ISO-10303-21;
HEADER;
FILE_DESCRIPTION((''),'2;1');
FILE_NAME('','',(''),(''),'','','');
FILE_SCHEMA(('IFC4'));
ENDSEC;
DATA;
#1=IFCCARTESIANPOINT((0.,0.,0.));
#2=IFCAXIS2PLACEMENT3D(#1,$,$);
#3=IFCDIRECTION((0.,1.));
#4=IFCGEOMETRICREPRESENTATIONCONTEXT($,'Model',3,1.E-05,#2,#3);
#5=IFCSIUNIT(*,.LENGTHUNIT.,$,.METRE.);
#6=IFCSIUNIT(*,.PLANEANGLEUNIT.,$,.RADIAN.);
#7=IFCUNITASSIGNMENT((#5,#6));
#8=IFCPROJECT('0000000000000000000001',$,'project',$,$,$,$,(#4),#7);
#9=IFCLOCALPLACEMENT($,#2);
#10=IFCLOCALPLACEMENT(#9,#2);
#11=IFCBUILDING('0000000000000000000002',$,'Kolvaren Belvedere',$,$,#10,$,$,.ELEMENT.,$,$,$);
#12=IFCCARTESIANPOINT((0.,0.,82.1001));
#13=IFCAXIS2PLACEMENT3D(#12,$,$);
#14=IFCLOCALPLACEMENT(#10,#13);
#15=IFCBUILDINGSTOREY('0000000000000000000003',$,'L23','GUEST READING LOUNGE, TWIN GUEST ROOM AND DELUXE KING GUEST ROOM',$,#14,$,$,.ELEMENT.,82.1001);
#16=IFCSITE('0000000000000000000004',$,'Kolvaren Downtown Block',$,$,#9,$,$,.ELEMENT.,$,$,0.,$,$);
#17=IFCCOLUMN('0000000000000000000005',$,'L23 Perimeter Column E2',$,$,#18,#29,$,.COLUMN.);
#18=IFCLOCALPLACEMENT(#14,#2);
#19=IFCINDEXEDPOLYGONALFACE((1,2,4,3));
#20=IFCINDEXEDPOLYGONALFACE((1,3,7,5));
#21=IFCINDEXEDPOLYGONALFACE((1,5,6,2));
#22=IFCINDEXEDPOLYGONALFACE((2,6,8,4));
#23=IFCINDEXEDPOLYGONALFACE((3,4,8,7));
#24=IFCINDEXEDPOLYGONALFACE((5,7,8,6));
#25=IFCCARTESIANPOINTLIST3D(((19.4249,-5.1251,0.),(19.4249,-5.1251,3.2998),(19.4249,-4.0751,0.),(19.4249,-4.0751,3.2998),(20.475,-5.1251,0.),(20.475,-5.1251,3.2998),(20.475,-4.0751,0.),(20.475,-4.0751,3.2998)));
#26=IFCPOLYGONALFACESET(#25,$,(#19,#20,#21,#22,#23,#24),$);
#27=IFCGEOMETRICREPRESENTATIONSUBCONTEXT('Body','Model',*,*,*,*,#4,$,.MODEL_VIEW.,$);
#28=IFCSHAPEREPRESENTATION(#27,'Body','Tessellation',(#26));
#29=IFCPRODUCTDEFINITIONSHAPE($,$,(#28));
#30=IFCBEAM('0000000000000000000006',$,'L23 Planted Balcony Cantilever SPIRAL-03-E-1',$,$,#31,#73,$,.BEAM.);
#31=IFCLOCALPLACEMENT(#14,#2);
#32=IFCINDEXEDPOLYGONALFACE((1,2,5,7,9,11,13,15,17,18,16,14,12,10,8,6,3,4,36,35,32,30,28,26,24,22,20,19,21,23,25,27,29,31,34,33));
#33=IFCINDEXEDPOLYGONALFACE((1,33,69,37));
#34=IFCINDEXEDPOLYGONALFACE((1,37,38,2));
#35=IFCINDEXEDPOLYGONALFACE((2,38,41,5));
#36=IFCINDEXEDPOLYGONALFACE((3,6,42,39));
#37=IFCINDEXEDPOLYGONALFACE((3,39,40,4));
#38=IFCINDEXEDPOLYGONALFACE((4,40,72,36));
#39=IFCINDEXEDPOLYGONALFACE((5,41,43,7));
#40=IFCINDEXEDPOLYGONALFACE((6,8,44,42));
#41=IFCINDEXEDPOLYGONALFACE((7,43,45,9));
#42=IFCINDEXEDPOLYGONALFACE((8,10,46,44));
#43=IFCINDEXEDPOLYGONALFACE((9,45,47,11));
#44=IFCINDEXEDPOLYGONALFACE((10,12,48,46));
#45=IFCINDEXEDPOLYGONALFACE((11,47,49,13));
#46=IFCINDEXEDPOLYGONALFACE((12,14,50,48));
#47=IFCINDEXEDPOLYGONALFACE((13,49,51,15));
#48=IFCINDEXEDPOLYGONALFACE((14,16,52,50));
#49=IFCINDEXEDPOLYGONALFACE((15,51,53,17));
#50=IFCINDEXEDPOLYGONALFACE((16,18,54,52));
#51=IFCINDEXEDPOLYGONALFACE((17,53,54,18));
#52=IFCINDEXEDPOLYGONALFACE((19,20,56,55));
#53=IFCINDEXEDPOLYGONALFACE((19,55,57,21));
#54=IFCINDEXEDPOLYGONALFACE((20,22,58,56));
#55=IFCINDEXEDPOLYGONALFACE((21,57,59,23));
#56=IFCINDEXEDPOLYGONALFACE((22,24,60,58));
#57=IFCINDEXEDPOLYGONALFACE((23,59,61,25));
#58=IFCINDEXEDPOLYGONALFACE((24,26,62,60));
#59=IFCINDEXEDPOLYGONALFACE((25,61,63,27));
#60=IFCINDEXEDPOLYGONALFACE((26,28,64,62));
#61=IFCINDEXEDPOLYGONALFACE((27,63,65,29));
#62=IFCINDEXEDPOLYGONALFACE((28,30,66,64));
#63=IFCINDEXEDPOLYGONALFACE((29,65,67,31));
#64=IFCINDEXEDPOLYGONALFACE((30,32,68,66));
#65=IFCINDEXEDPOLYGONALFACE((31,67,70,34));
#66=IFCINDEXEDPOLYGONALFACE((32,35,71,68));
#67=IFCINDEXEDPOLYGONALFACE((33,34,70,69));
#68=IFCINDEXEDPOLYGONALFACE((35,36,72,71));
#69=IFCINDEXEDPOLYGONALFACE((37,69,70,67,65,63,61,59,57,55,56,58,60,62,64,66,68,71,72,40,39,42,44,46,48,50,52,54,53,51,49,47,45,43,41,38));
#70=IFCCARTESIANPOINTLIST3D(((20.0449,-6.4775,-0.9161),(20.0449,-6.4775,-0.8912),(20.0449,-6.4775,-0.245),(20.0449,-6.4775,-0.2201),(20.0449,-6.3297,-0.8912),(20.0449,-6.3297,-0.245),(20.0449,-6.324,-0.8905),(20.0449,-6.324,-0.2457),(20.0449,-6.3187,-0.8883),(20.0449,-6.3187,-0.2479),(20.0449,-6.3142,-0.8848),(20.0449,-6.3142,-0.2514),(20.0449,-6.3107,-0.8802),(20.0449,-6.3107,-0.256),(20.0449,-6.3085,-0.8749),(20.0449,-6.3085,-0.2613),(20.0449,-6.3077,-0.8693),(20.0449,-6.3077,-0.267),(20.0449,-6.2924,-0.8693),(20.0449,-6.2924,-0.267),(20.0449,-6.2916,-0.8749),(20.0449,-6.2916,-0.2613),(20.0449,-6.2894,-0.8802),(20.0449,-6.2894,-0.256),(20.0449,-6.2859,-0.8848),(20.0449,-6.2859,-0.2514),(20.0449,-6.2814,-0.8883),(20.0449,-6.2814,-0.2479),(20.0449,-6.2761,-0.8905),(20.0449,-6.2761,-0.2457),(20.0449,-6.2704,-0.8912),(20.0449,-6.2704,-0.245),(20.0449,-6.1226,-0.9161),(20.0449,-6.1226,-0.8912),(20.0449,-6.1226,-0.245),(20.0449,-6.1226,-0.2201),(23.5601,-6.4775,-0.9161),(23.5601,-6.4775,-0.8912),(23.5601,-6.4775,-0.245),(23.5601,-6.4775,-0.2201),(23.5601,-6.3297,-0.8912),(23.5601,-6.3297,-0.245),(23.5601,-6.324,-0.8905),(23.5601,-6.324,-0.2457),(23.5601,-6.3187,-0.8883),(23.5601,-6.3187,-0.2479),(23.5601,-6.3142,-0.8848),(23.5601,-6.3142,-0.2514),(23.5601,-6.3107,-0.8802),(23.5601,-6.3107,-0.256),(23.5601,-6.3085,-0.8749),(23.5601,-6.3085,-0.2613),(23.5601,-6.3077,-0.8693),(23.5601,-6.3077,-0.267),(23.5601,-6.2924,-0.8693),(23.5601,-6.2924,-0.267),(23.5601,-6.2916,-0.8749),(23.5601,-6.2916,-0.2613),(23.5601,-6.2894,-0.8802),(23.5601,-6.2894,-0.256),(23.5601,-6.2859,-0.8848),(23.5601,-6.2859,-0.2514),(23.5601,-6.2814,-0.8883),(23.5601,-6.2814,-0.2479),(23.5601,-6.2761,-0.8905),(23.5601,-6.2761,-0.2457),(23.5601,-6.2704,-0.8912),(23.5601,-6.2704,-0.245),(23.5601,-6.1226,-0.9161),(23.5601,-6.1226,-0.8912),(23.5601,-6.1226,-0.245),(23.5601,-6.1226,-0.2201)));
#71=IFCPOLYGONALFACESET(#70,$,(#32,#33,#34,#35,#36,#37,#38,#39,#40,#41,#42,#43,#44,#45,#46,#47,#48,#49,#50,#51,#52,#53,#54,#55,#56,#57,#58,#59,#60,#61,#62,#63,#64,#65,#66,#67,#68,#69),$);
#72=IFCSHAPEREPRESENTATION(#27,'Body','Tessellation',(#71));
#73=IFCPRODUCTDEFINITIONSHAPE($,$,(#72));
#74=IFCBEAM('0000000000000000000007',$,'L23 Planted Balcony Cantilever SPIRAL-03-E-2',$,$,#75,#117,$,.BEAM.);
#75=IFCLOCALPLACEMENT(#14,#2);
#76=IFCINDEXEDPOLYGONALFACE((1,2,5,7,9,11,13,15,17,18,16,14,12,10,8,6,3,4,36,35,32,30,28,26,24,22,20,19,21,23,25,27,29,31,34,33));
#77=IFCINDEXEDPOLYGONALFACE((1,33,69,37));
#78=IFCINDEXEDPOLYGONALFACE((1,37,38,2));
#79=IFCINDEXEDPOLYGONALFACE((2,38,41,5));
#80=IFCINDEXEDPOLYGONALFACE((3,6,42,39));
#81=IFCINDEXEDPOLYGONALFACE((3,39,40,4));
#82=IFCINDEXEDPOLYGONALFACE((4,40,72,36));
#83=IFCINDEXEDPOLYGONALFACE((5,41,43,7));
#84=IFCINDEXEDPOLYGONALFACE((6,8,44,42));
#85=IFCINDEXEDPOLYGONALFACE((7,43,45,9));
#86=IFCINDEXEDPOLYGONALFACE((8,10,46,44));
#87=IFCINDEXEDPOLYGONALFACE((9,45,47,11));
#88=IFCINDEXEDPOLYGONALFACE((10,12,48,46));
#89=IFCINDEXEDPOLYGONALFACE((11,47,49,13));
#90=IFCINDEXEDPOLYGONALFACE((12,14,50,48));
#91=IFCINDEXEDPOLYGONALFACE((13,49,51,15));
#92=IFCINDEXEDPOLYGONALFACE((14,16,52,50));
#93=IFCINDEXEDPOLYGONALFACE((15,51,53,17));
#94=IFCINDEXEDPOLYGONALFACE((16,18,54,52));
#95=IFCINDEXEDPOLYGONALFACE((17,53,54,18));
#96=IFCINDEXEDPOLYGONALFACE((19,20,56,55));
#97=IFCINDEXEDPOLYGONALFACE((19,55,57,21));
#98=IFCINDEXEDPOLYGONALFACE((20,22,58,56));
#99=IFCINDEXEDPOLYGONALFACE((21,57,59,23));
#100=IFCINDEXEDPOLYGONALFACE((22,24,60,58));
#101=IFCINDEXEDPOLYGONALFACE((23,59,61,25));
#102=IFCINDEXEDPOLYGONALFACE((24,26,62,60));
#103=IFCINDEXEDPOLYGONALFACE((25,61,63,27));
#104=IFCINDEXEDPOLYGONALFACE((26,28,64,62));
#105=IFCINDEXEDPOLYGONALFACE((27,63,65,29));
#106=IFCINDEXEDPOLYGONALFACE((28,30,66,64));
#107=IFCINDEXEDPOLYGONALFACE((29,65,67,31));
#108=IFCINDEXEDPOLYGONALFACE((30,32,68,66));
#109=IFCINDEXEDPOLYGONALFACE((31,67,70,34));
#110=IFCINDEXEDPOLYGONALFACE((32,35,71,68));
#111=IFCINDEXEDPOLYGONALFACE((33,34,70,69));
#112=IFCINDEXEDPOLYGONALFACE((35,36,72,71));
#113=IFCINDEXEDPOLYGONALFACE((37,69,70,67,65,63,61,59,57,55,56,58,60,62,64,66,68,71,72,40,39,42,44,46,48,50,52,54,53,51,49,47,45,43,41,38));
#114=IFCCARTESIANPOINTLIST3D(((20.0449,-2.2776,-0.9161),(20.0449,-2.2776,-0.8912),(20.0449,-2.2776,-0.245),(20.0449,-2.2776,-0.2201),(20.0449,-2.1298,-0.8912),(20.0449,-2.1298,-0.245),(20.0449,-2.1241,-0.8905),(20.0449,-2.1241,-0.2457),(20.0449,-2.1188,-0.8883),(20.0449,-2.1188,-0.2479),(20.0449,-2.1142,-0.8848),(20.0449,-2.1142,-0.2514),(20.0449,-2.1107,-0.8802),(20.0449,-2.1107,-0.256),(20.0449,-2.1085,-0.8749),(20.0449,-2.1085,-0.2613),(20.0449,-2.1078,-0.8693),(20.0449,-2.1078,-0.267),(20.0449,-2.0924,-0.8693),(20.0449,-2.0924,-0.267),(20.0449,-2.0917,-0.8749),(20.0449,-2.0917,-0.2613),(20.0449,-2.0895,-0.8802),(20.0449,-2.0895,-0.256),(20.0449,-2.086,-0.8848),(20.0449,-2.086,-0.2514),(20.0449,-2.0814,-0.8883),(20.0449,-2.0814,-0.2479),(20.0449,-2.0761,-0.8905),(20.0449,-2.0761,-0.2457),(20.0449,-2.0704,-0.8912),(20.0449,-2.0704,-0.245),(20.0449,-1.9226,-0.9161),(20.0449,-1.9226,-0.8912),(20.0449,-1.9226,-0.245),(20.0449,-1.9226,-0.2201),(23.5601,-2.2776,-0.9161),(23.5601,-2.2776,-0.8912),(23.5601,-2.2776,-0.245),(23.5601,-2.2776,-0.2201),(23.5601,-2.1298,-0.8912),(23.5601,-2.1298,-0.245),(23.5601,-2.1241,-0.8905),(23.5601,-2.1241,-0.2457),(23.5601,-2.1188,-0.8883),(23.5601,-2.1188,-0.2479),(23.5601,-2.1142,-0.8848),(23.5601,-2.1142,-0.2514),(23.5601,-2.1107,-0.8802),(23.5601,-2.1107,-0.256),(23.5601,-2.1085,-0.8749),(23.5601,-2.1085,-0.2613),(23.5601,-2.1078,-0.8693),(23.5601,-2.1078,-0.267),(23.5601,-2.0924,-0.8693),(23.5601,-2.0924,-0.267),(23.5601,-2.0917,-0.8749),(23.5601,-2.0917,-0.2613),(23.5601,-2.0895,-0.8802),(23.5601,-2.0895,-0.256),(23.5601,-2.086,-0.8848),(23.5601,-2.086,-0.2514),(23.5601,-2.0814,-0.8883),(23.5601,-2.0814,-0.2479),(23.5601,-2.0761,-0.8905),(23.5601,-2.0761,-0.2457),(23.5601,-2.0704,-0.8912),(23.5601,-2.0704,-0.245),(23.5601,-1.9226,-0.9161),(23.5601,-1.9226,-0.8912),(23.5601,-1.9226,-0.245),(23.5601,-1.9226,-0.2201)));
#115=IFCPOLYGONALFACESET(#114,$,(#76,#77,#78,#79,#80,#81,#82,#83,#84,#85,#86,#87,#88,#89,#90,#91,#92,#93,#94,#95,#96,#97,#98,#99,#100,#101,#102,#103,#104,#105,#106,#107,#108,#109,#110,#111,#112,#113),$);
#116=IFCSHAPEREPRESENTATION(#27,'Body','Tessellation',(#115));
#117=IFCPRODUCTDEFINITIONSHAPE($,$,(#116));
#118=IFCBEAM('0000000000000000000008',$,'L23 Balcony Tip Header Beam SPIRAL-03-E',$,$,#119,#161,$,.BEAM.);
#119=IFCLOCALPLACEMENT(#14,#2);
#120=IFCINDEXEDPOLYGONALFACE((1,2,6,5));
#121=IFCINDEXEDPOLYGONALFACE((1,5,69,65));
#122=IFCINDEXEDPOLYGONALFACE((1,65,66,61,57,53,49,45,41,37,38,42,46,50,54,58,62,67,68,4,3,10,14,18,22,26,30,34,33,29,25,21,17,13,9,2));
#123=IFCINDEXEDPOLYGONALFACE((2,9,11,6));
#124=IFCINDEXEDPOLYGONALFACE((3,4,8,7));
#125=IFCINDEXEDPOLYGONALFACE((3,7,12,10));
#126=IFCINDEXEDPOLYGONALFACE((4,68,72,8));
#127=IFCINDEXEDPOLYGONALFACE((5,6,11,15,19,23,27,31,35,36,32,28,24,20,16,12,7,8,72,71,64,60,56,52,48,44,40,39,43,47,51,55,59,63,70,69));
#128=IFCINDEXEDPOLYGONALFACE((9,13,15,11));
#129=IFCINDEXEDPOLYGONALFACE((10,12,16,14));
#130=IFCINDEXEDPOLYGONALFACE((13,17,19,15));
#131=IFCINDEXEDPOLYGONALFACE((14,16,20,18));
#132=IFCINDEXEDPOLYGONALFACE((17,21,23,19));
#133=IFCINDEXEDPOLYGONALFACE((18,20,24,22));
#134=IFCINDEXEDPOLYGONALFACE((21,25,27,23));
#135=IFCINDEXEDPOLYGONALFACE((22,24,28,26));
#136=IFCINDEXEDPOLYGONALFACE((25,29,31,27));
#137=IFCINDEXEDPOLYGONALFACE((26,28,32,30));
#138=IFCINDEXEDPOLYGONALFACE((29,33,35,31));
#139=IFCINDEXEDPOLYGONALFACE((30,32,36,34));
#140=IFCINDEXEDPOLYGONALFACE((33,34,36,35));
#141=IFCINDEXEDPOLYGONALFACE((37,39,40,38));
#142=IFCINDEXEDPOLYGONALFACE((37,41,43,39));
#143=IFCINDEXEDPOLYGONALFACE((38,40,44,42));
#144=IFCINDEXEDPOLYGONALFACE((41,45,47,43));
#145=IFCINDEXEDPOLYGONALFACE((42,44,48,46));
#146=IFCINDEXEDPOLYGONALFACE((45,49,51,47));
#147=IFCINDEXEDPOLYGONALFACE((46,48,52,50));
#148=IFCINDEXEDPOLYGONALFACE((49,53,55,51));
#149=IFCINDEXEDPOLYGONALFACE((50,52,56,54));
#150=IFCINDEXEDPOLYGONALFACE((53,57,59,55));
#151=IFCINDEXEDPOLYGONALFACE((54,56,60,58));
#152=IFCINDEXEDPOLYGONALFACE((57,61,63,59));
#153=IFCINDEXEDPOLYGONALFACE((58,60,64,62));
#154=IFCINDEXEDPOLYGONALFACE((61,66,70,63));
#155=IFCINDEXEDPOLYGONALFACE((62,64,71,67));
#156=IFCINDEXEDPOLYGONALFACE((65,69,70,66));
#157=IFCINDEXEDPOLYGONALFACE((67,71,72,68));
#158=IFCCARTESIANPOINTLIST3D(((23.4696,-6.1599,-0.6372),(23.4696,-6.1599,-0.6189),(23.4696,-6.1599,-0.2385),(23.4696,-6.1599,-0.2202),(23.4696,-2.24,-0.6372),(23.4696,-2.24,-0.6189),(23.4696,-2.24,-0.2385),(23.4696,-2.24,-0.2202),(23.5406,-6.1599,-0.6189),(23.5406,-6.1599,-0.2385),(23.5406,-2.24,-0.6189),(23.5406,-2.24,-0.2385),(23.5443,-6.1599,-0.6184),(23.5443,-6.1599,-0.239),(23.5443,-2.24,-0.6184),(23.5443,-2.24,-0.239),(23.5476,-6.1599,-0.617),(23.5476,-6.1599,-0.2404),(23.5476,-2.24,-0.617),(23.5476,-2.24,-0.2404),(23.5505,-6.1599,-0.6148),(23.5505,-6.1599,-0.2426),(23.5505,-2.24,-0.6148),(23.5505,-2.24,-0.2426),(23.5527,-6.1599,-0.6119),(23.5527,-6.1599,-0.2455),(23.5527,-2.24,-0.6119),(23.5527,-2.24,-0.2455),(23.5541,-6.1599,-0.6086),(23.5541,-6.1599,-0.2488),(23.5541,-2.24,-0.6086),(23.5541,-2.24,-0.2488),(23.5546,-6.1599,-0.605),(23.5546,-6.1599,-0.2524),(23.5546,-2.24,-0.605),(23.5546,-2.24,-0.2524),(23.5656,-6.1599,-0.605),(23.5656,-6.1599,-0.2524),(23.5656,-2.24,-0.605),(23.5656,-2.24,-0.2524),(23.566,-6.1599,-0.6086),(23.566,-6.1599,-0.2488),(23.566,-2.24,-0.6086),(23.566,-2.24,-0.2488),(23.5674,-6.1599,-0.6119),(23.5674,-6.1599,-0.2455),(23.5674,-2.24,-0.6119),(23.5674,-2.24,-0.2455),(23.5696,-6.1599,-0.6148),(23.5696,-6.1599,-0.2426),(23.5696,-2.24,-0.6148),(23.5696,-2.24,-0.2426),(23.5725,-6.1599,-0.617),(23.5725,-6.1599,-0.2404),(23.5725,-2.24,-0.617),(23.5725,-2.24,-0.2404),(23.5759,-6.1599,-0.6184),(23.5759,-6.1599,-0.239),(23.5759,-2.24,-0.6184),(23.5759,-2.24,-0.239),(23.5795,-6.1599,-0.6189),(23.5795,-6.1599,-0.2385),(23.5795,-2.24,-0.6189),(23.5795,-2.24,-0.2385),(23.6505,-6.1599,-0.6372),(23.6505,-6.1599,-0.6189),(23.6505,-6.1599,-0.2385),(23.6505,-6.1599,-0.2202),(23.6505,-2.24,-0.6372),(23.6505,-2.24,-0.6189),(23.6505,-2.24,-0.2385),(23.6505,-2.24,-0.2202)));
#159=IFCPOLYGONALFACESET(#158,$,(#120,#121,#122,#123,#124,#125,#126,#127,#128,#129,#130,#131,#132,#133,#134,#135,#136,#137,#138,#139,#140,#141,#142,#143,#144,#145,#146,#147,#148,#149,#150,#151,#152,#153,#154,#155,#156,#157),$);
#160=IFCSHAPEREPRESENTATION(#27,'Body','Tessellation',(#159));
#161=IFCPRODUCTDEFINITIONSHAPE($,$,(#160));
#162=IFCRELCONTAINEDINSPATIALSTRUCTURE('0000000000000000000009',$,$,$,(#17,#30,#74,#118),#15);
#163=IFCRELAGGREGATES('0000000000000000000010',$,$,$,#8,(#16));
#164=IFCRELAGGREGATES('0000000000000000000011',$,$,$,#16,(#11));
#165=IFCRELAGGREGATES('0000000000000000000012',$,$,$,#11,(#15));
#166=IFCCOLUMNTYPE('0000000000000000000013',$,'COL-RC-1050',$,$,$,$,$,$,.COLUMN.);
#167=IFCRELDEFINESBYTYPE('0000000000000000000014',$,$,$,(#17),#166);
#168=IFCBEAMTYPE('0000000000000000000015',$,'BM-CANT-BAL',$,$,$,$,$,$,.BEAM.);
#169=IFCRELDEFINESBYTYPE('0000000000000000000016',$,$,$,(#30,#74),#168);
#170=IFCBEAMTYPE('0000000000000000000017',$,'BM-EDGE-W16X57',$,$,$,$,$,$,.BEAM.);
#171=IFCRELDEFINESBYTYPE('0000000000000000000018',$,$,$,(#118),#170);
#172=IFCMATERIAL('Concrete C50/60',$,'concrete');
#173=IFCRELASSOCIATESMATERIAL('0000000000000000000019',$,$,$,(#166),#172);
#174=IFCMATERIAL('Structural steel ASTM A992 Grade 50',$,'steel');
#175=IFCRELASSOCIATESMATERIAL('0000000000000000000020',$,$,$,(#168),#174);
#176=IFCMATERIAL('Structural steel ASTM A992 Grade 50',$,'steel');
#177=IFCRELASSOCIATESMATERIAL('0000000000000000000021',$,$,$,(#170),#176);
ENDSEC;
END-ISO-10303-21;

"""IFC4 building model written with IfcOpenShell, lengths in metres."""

from ifc_helpers import new_model, si_unit, direction, frame, origin, origin_2d, place, context, subcontext, project, spatial, rectangle, i_section, extrude, material, material_profile, profile_set, type_object, element, save


model = new_model("IFC4")

# Units and contexts
model_context = context("Model", 3, precision=1e-05, world=origin(), true_north=direction((0.0, 1.0)))
body_context = subcontext(model_context, "Body", "Model", "MODEL_VIEW")
ifc_project = project(units=[si_unit("LENGTHUNIT", "METRE"), si_unit("PLANEANGLEUNIT", "RADIAN")], contexts=[model_context])

# Site, building, storey
site_placement = place(None, origin())
site = spatial("IfcSite", under=ifc_project, at=site_placement, Name="Kolvaren Downtown Block", CompositionType="ELEMENT", RefElevation=0.0)
building_placement = place(site_placement, origin())
building = spatial("IfcBuilding", under=site, at=building_placement, Name="Kolvaren Belvedere", CompositionType="ELEMENT")
storey_placement = place(building_placement, frame((0.0, 0.0, 82.1001)))
storey = spatial("IfcBuildingStorey", under=building, at=storey_placement, Name="L23", Description="GUEST READING LOUNGE, TWIN GUEST ROOM AND DELUXE KING GUEST ROOM", CompositionType="ELEMENT", Elevation=82.1001)

# Column
ifc_material_1 = material(Name="Concrete C50/60", Category="concrete")
ifc_material_profile_1 = material_profile(ifc_material_1, rectangle(XDim=1.05, YDim=1.05, at=origin_2d()), Name="RC 1050X1050")
ifc_profile_set_1 = profile_set([ifc_material_profile_1], Name="Concrete C50/60")
column_type = type_object("IfcColumnType", Name="COL-RC-1050", PredefinedType="COLUMN", material=ifc_profile_set_1)
column_placement = place(storey_placement, frame((19.95, -4.6001, 0.0), z_axis=(0.0, 0.0, 1.0), x_axis=(1.0, 0.0, 0.0)))
element("IfcColumn", 1, at=column_placement, inside=storey, type_object=column_type, Name="L23 Perimeter Column E2", PredefinedType="COLUMN", context=body_context, shape_type="SweptSolid", body=[
    extrude(rectangle(XDim=1.05, YDim=1.05, at=origin_2d()), origin(), (0.0, 0.0, 1.0), 3.2998),
])

# Beams
ifc_material_2 = material(Name="Structural steel ASTM A992 Grade 50", Category="steel")
ifc_material_profile_2 = material_profile(ifc_material_2, i_section(OverallWidth=0.355, OverallDepth=0.696, WebThickness=0.0154, FlangeThickness=0.0249, FilletRadius=0.022, at=origin_2d()), Name="W27X146")
ifc_profile_set_2 = profile_set([ifc_material_profile_2], Name="Structural steel ASTM A992 Grade 50")
beam_type_1 = type_object("IfcBeamType", Name="BM-CANT-BAL", PredefinedType="BEAM", material=ifc_profile_set_2)
for number, where, z_axis, x_axis, name in (
    (2, (20.0449, -6.3, -0.5681), (1.0, 0.0, 0.0), (0.0, 1.0, 0.0), "L23 Planted Balcony Cantilever SPIRAL-03-E-1"),
    (3, (20.0449, -2.1001, -0.5681), (1.0, 0.0, 0.0), (0.0, 1.0, 0.0), "L23 Planted Balcony Cantilever SPIRAL-03-E-2"),
):
    element("IfcBeam", number, at=place(storey_placement, frame(where, z_axis=z_axis, x_axis=x_axis)), inside=storey, type_object=beam_type_1, Name=name, PredefinedType="BEAM", context=body_context, shape_type="SweptSolid", body=[
        extrude(i_section(OverallWidth=0.355, OverallDepth=0.696, WebThickness=0.0154, FlangeThickness=0.0249, FilletRadius=0.022, at=origin_2d()), origin(), (0.0, 0.0, 1.0), 3.5151),
    ])
ifc_material_3 = material(Name="Structural steel ASTM A992 Grade 50", Category="steel")
ifc_material_profile_3 = material_profile(ifc_material_3, i_section(OverallWidth=0.1809, OverallDepth=0.417, WebThickness=0.011, FlangeThickness=0.0183, FilletRadius=0.0139, at=origin_2d()), Name="W16X57")
ifc_profile_set_3 = profile_set([ifc_material_profile_3], Name="Structural steel ASTM A992 Grade 50")
beam_type_2 = type_object("IfcBeamType", Name="BM-EDGE-W16X57", PredefinedType="BEAM", material=ifc_profile_set_3)
beam_1_placement = place(storey_placement, frame((23.5601, -6.1599, -0.4287), z_axis=(0.0, 1.0, 0.0), x_axis=(-1.0, 0.0, 0.0)))
element("IfcBeam", 4, at=beam_1_placement, inside=storey, type_object=beam_type_2, Name="L23 Balcony Tip Header Beam SPIRAL-03-E", PredefinedType="BEAM", context=body_context, shape_type="SweptSolid", body=[
    extrude(i_section(OverallWidth=0.1809, OverallDepth=0.417, WebThickness=0.011, FlangeThickness=0.0183, FilletRadius=0.0139, at=origin_2d()), origin(), (0.0, 0.0, 1.0), 3.9199),
])

save(model, "model.ifc")
